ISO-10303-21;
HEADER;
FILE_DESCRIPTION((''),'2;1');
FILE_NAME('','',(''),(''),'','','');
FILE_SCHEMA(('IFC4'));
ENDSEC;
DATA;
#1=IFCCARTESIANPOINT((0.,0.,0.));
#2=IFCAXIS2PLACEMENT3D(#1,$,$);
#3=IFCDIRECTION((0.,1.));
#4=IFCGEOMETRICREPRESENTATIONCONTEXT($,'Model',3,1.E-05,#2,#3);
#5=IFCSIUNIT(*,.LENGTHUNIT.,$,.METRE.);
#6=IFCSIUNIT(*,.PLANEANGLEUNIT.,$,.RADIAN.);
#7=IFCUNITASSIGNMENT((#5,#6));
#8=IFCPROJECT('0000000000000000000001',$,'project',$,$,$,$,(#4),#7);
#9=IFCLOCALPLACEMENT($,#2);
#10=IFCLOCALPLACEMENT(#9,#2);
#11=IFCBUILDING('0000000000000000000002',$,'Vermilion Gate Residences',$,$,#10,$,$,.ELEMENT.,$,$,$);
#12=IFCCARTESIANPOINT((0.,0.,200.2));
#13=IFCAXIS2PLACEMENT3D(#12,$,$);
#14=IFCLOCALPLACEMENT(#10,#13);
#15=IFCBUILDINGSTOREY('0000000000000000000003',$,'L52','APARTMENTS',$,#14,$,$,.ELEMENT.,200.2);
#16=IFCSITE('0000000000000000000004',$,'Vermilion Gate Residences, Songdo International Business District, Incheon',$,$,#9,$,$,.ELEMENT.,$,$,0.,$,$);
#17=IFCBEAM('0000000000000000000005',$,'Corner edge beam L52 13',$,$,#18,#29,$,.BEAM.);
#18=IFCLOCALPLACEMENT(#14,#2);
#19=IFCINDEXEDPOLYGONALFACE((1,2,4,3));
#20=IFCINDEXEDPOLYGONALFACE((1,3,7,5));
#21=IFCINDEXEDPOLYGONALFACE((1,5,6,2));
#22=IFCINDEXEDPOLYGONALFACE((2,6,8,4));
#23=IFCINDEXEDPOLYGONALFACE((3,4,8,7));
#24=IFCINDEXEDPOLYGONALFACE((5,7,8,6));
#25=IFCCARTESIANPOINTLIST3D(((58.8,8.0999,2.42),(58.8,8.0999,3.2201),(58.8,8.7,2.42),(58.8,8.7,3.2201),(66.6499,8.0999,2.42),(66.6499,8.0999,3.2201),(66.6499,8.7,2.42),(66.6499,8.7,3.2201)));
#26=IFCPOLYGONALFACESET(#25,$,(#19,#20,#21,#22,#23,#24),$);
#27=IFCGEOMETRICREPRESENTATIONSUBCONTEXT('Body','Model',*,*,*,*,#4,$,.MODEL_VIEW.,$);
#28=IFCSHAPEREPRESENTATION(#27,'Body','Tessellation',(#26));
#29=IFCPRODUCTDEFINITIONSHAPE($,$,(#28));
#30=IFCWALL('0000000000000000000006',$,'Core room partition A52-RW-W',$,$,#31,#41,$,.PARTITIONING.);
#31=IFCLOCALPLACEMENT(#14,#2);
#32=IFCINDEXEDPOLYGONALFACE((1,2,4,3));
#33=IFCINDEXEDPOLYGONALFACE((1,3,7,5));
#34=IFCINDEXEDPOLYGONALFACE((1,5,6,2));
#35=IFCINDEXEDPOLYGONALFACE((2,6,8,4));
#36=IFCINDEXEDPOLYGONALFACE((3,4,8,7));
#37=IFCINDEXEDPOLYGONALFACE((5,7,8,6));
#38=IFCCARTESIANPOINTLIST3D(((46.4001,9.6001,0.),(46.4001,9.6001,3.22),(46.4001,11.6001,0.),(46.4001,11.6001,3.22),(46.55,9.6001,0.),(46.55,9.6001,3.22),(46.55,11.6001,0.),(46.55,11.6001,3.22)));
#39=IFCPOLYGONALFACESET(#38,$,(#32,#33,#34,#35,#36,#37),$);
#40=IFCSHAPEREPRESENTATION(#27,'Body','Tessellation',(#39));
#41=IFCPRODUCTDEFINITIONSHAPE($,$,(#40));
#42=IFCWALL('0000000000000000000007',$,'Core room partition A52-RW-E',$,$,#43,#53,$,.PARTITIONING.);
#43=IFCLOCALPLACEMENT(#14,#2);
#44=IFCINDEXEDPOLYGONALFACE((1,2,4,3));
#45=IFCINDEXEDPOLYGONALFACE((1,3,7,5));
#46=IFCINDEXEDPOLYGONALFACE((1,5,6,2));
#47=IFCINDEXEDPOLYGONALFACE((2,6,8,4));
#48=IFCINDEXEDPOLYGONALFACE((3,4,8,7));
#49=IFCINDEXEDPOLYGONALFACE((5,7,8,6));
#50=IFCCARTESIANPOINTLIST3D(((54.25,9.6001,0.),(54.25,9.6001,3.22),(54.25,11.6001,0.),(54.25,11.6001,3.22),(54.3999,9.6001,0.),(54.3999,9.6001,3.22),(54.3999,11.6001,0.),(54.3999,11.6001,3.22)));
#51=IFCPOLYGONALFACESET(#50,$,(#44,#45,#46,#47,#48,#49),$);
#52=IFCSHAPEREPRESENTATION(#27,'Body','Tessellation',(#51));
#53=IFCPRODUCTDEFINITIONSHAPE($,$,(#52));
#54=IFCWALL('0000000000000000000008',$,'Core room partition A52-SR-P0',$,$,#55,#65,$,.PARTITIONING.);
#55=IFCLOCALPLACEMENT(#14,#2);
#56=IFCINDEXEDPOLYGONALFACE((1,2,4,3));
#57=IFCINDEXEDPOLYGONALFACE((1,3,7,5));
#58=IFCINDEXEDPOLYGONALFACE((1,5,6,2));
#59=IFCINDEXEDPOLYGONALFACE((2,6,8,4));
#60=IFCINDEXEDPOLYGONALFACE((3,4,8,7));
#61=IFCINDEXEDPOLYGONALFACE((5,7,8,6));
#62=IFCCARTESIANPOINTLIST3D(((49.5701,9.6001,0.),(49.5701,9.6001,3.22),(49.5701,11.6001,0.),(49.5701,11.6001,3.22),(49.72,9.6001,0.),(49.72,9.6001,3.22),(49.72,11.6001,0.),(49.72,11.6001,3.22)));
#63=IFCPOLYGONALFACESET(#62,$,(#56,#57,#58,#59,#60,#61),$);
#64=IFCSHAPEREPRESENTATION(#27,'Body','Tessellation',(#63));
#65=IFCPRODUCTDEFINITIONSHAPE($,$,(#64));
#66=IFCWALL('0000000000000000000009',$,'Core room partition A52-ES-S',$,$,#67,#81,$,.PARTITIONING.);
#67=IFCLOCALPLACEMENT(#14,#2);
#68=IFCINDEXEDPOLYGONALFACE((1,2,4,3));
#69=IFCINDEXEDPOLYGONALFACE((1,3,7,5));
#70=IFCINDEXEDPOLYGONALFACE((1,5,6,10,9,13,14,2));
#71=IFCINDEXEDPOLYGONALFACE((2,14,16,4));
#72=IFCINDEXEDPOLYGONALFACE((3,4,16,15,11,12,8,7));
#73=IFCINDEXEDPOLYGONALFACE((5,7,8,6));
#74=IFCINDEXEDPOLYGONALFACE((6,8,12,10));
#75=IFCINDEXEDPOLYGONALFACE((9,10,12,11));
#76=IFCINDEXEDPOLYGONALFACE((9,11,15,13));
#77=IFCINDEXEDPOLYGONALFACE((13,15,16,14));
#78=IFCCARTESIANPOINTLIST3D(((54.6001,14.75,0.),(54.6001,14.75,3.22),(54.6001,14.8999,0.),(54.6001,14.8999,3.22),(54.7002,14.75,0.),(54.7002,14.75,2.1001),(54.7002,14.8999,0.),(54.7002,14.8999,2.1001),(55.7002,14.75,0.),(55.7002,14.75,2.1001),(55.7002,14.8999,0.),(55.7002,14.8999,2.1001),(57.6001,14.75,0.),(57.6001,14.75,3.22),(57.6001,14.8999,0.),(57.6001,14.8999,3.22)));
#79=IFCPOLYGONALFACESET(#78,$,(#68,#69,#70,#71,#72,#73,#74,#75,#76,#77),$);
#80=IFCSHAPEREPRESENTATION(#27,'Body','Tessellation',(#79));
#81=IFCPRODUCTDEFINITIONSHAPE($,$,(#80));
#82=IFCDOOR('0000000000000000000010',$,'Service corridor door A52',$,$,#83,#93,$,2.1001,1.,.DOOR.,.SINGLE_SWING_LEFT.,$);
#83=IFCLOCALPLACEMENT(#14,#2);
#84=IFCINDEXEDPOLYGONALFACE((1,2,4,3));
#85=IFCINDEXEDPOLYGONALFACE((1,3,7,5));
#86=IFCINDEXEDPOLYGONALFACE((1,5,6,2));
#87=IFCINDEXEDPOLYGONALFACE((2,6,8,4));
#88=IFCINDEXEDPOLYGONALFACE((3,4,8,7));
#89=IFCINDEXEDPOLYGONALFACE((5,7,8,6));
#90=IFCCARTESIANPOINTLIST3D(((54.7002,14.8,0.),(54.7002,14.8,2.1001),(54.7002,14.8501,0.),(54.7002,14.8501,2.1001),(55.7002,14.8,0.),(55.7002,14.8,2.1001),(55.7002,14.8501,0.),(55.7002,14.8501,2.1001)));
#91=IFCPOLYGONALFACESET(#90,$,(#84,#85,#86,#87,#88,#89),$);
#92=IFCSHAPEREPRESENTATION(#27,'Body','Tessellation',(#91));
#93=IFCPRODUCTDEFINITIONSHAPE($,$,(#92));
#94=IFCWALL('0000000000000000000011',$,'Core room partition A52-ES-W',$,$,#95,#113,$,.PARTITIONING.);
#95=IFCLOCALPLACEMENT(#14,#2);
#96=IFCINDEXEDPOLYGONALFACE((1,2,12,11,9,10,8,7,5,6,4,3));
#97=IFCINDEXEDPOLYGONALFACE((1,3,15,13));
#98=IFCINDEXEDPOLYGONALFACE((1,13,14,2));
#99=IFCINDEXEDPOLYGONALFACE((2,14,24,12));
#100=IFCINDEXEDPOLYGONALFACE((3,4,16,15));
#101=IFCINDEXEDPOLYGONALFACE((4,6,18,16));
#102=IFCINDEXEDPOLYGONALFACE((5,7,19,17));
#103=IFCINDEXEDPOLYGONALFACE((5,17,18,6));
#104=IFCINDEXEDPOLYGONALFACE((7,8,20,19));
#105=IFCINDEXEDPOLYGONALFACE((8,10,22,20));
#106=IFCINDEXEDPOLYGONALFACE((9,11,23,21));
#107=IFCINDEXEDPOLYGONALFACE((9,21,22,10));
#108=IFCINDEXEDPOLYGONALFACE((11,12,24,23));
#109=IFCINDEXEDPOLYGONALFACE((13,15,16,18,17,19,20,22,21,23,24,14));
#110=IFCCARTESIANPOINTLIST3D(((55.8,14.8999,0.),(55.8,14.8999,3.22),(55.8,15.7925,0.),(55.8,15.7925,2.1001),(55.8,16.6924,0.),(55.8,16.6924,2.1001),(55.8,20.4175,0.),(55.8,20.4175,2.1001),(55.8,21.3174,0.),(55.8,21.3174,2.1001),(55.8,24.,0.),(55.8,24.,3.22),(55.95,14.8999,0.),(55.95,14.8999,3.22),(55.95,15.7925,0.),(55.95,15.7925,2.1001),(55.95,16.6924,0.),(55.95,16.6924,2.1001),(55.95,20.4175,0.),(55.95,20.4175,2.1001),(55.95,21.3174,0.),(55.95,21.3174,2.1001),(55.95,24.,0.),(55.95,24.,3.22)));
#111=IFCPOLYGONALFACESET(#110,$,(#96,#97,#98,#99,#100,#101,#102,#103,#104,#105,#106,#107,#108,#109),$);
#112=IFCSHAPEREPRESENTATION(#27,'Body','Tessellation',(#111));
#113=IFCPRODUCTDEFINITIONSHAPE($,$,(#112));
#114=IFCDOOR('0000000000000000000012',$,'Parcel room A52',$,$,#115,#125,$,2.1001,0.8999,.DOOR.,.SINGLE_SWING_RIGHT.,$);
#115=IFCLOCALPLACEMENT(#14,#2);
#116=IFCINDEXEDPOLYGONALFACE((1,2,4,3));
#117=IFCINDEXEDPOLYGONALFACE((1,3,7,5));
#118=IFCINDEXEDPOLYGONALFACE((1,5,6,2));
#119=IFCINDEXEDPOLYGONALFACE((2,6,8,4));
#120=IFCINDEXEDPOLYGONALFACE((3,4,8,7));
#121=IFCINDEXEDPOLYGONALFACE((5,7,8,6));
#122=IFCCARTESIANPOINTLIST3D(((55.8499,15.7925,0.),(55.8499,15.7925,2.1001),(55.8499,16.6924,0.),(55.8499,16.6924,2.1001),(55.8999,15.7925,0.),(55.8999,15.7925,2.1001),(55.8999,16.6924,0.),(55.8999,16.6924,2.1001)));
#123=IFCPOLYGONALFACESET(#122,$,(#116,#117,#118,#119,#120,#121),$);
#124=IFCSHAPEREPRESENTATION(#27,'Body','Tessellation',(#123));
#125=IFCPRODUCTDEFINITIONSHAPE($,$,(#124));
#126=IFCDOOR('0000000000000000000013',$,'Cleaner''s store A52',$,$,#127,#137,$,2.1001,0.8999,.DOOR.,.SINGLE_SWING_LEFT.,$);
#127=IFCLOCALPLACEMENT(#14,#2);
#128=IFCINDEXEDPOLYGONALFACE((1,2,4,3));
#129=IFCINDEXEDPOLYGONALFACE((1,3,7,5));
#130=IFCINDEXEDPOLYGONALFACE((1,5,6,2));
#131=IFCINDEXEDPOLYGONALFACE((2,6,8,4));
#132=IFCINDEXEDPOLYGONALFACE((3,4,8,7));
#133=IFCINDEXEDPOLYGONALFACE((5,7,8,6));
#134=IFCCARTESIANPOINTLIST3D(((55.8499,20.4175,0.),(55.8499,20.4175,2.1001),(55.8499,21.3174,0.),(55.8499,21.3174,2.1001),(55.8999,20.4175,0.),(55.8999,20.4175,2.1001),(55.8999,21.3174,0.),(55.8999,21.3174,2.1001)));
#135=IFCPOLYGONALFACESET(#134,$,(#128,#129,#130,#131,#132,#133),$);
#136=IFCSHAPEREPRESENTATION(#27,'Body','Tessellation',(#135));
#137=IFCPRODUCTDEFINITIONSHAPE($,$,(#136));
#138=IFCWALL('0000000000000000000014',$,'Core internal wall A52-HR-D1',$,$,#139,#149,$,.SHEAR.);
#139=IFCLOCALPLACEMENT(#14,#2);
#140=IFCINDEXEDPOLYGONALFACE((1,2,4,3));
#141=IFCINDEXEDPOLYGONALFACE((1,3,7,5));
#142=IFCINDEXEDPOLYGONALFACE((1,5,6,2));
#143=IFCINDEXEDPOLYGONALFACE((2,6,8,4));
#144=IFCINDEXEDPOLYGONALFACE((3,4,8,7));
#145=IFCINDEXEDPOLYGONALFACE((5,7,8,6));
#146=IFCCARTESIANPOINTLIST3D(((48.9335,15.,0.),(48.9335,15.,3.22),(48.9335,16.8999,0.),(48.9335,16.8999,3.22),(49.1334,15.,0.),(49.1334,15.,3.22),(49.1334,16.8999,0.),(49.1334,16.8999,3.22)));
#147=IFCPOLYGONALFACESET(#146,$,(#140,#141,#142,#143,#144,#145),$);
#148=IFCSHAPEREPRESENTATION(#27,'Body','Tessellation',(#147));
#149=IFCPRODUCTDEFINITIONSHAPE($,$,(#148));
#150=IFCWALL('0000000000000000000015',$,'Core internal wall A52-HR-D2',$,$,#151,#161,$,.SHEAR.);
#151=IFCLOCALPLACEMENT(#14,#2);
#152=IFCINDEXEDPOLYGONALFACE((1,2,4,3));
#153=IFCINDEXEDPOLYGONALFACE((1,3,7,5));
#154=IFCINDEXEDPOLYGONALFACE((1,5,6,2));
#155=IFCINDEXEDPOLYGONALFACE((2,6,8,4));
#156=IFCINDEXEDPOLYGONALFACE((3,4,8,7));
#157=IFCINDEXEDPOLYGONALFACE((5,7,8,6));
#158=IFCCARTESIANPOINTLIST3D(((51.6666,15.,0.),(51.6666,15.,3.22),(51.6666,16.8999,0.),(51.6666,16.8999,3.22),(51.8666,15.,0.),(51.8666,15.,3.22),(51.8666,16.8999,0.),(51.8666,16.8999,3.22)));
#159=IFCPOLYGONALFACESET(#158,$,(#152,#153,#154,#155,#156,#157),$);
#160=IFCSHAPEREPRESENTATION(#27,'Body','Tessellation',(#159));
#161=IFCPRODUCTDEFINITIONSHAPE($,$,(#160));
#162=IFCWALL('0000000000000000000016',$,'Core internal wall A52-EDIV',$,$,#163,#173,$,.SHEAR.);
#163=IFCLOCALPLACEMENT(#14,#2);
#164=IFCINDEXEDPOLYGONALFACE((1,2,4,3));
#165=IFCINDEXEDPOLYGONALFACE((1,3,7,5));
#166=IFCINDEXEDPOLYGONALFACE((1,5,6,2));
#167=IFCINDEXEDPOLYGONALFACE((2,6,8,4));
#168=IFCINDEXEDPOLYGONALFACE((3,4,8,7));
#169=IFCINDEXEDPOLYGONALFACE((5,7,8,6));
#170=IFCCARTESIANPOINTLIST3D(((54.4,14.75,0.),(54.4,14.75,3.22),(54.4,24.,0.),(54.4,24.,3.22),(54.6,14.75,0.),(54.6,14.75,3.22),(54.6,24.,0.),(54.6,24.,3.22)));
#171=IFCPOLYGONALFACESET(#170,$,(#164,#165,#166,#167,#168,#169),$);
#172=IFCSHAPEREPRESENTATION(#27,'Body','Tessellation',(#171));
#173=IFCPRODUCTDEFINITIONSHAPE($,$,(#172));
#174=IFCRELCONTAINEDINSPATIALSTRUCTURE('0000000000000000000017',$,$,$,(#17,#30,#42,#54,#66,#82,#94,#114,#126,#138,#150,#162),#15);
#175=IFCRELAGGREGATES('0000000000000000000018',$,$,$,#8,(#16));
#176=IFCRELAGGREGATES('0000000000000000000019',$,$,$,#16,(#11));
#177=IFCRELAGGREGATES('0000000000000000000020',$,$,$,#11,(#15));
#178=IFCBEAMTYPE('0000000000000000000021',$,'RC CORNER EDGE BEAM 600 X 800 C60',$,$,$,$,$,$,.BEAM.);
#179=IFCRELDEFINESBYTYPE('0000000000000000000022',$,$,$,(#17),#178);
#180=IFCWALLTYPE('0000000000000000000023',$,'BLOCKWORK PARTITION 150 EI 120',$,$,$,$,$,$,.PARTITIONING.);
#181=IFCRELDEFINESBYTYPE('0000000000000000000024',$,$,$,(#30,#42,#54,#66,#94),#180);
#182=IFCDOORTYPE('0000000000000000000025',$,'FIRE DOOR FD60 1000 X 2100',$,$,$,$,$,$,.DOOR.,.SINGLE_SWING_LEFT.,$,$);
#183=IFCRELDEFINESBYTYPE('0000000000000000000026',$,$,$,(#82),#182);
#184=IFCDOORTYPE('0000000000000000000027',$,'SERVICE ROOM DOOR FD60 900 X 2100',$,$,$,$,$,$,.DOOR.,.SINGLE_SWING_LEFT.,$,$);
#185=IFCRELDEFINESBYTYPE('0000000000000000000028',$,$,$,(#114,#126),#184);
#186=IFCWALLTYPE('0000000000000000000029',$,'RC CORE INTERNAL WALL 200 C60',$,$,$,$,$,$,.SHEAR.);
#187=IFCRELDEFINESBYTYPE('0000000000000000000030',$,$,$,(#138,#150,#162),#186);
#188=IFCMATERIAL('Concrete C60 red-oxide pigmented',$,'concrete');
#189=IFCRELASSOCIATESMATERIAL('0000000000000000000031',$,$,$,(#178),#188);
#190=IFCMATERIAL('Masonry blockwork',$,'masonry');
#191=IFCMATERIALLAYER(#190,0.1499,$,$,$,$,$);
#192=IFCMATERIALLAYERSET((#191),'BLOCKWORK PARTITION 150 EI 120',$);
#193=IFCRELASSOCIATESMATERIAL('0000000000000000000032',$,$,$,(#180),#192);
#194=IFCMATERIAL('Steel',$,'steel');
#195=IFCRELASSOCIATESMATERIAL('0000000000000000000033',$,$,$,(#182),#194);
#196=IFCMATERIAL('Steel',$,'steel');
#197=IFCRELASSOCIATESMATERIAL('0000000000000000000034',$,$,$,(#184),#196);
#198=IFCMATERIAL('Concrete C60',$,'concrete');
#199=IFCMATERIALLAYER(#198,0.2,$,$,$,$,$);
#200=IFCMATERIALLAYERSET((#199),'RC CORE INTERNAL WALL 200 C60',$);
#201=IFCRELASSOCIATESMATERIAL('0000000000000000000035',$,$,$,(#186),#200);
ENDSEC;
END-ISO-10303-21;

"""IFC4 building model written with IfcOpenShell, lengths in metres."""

from ifc_helpers import new_model, si_unit, direction, frame, frame_2d, origin, origin_2d, place, context, subcontext, project, spatial, rectangle, extrude, material, layer, layer_set, material_profile, profile_set, type_object, element, fill, save


model = new_model("IFC4")

# Units and contexts
model_context = context("Model", 3, precision=1e-05, world=origin(), true_north=direction((0.0, 1.0)))
body_context = subcontext(model_context, "Body", "Model", "MODEL_VIEW")
ifc_project = project(units=[si_unit("LENGTHUNIT", "METRE"), si_unit("PLANEANGLEUNIT", "RADIAN")], contexts=[model_context])

# Site, building, storey
site_placement = place(None, origin())
site = spatial("IfcSite", under=ifc_project, at=site_placement, Name="Vermilion Gate Residences, Songdo International Business District, Incheon", CompositionType="ELEMENT", RefElevation=0.0)
building_placement = place(site_placement, origin())
building = spatial("IfcBuilding", under=site, at=building_placement, Name="Vermilion Gate Residences", CompositionType="ELEMENT")
storey_placement = place(building_placement, frame((0.0, 0.0, 200.2)))
storey = spatial("IfcBuildingStorey", under=building, at=storey_placement, Name="L52", Description="APARTMENTS", CompositionType="ELEMENT", Elevation=200.2)

# Beam
ifc_material_1 = material(Name="Concrete C60 red-oxide pigmented", Category="concrete")
ifc_material_profile = material_profile(ifc_material_1, rectangle(XDim=0.6001, YDim=0.8, at=origin_2d()), Name="RC-600x800")
ifc_profile_set = profile_set([ifc_material_profile], Name="Concrete C60 red-oxide pigmented")
beam_type = type_object("IfcBeamType", Name="RC CORNER EDGE BEAM 600 X 800 C60", PredefinedType="BEAM", material=ifc_profile_set)
beam_placement = place(storey_placement, frame((58.8, 8.3999, 2.8201), z_axis=(1.0, 0.0, 0.0), x_axis=(0.0, 1.0, 0.0)))
element("IfcBeam", 1, at=beam_placement, inside=storey, type_object=beam_type, Name="Corner edge beam L52 13", PredefinedType="BEAM", context=body_context, shape_type="SweptSolid", body=[
    extrude(rectangle(XDim=0.6001, YDim=0.8, at=origin_2d()), origin(), (0.0, 0.0, 1.0), 7.8499),
])

# Walls
ifc_material_2 = material(Name="Masonry blockwork", Category="masonry")
ifc_layer_1 = layer(ifc_material_2, 0.1499)
ifc_layer_set_1 = layer_set([ifc_layer_1], Name="BLOCKWORK PARTITION 150 EI 120")
wall_type_1 = type_object("IfcWallType", Name="BLOCKWORK PARTITION 150 EI 120", PredefinedType="PARTITIONING", material=ifc_layer_set_1)
for number, where, z_axis, x_axis, name in (
    (2, (46.4751, 9.6001, 0.0), (0.0, 0.0, 1.0), (0.0, 1.0, 0.0), "Core room partition A52-RW-W"),
    (3, (54.325, 9.6001, 0.0), (0.0, 0.0, 1.0), (0.0, 1.0, 0.0), "Core room partition A52-RW-E"),
    (4, (49.645, 9.6001, 0.0), (0.0, 0.0, 1.0), (0.0, 1.0, 0.0), "Core room partition A52-SR-P0"),
):
    element("IfcWall", number, at=place(storey_placement, frame(where, z_axis=z_axis, x_axis=x_axis)), inside=storey, type_object=wall_type_1, Name=name, PredefinedType="PARTITIONING", context=body_context, shape_type="SweptSolid", body=[
        extrude(rectangle(XDim=2.0, YDim=0.1499, at=frame_2d((1.0, 0.0))), origin(), (0.0, 0.0, 1.0), 3.22),
    ])

# Wall, opening, door
wall_1_placement = place(storey_placement, frame((54.6001, 14.825, 0.0), z_axis=(0.0, 0.0, 1.0), x_axis=(1.0, 0.0, 0.0)))
wall_1 = element("IfcWall", 5, at=wall_1_placement, inside=storey, type_object=wall_type_1, Name="Core room partition A52-ES-S", PredefinedType="PARTITIONING", context=body_context, shape_type="SweptSolid", body=[
    extrude(rectangle(XDim=3.0, YDim=0.1499, at=frame_2d((1.5, 0.0))), origin(), (0.0, 0.0, 1.0), 3.22),
])
opening_1_placement = place(wall_1_placement, frame((0.1001, 0.0, 0.0)))
opening_1 = element("IfcOpeningElement", 6, at=opening_1_placement, cuts=wall_1, PredefinedType="OPENING", context=body_context, shape_type="SweptSolid", body=[
    extrude(rectangle(XDim=1.0, YDim=2.1001, at=frame_2d((0.5, 1.05))), frame((0.0, 0.085, 0.0), z_axis=(0.0, -1.0, 0.0), x_axis=(1.0, 0.0, 0.0)), (0.0, 0.0, 1.0), 0.1699),
])
ifc_material_3 = material(Name="Steel", Category="steel")
door_type_1 = type_object("IfcDoorType", Name="FIRE DOOR FD60 1000 X 2100", OperationType="SINGLE_SWING_LEFT", PredefinedType="DOOR", material=ifc_material_3)
door_1_placement = place(opening_1_placement, frame((1.0, 0.0, 0.0), z_axis=(0.0, 0.0, 1.0), x_axis=(-1.0, 0.0, 0.0)))
door_1 = element("IfcDoor", 7, at=door_1_placement, inside=storey, type_object=door_type_1, Name="Service corridor door A52", OperationType="SINGLE_SWING_LEFT", OverallHeight=2.1001, OverallWidth=1.0, PredefinedType="DOOR", context=body_context, shape_type="SweptSolid", body=[
    extrude(rectangle(XDim=1.0, YDim=2.1001, at=frame_2d((0.5, 1.05))), frame((0.0, 0.0249, 0.0), z_axis=(0.0, -1.0, 0.0), x_axis=(1.0, 0.0, 0.0)), (0.0, 0.0, 1.0), 0.05),
])
fill(opening_1, door_1)

# Wall, openings, doors
wall_2_placement = place(storey_placement, frame((55.875, 14.8999, 0.0), z_axis=(0.0, 0.0, 1.0), x_axis=(0.0, 1.0, 0.0)))
wall_2 = element("IfcWall", 8, at=wall_2_placement, inside=storey, type_object=wall_type_1, Name="Core room partition A52-ES-W", PredefinedType="PARTITIONING", context=body_context, shape_type="SweptSolid", body=[
    extrude(rectangle(XDim=9.1001, YDim=0.1499, at=frame_2d((4.55, 0.0))), origin(), (0.0, 0.0, 1.0), 3.22),
])
opening_2_placement = place(wall_2_placement, frame((0.8926, 0.0, 0.0)))
opening_2 = element("IfcOpeningElement", 9, at=opening_2_placement, cuts=wall_2, PredefinedType="OPENING", context=body_context, shape_type="SweptSolid", body=[
    extrude(rectangle(XDim=0.8999, YDim=2.1001, at=frame_2d((0.45, 1.05))), frame((0.0, 0.085, 0.0), z_axis=(0.0, -1.0, 0.0), x_axis=(1.0, 0.0, 0.0)), (0.0, 0.0, 1.0), 0.1699),
])
opening_3_placement = place(wall_2_placement, frame((5.5176, 0.0, 0.0)))
opening_3 = element("IfcOpeningElement", 10, at=opening_3_placement, cuts=wall_2, PredefinedType="OPENING", context=body_context, shape_type="SweptSolid", body=[
    extrude(rectangle(XDim=0.8999, YDim=2.1001, at=frame_2d((0.45, 1.05))), frame((0.0, 0.085, 0.0), z_axis=(0.0, -1.0, 0.0), x_axis=(1.0, 0.0, 0.0)), (0.0, 0.0, 1.0), 0.1699),
])
ifc_material_4 = material(Name="Steel", Category="steel")
door_type_2 = type_object("IfcDoorType", Name="SERVICE ROOM DOOR FD60 900 X 2100", OperationType="SINGLE_SWING_LEFT", PredefinedType="DOOR", material=ifc_material_4)
door_2_placement = place(opening_2_placement, frame((0.8999, 0.0, 0.0), z_axis=(0.0, 0.0, 1.0), x_axis=(-1.0, 0.0, 0.0)))
door_2 = element("IfcDoor", 11, at=door_2_placement, inside=storey, type_object=door_type_2, Name="Parcel room A52", OperationType="SINGLE_SWING_RIGHT", OverallHeight=2.1001, OverallWidth=0.8999, PredefinedType="DOOR", context=body_context, shape_type="SweptSolid", body=[
    extrude(rectangle(XDim=0.8999, YDim=2.1001, at=frame_2d((0.45, 1.05))), frame((0.0, 0.0249, 0.0), z_axis=(0.0, -1.0, 0.0), x_axis=(1.0, 0.0, 0.0)), (0.0, 0.0, 1.0), 0.05),
])
fill(opening_2, door_2)
door_3_placement = place(opening_3_placement, frame((0.8999, 0.0, 0.0), z_axis=(0.0, 0.0, 1.0), x_axis=(-1.0, 0.0, 0.0)))
door_3 = element("IfcDoor", 12, at=door_3_placement, inside=storey, type_object=door_type_2, Name="Cleaner's store A52", OperationType="SINGLE_SWING_LEFT", OverallHeight=2.1001, OverallWidth=0.8999, PredefinedType="DOOR", context=body_context, shape_type="SweptSolid", body=[
    extrude(rectangle(XDim=0.8999, YDim=2.1001, at=frame_2d((0.45, 1.05))), frame((0.0, 0.0249, 0.0), z_axis=(0.0, -1.0, 0.0), x_axis=(1.0, 0.0, 0.0)), (0.0, 0.0, 1.0), 0.05),
])
fill(opening_3, door_3)

# Walls
ifc_material_5 = material(Name="Concrete C60", Category="concrete")
ifc_layer_2 = layer(ifc_material_5, 0.2)
ifc_layer_set_2 = layer_set([ifc_layer_2], Name="RC CORE INTERNAL WALL 200 C60")
wall_type_2 = type_object("IfcWallType", Name="RC CORE INTERNAL WALL 200 C60", PredefinedType="SHEAR", material=ifc_layer_set_2)
for number, where, z_axis, x_axis, name in (
    (13, (49.0334, 15.0, 0.0), (0.0, 0.0, 1.0), (0.0, 1.0, 0.0), "Core internal wall A52-HR-D1"),
    (14, (51.7666, 15.0, 0.0), (0.0, 0.0, 1.0), (0.0, 1.0, 0.0), "Core internal wall A52-HR-D2"),
):
    element("IfcWall", number, at=place(storey_placement, frame(where, z_axis=z_axis, x_axis=x_axis)), inside=storey, type_object=wall_type_2, Name=name, PredefinedType="SHEAR", context=body_context, shape_type="SweptSolid", body=[
        extrude(rectangle(XDim=1.8999, YDim=0.2, at=frame_2d((0.95, 0.0))), origin(), (0.0, 0.0, 1.0), 3.22),
    ])
wall_3_placement = place(storey_placement, frame((54.5, 14.75, 0.0), z_axis=(0.0, 0.0, 1.0), x_axis=(0.0, 1.0, 0.0)))
element("IfcWall", 15, at=wall_3_placement, inside=storey, type_object=wall_type_2, Name="Core internal wall A52-EDIV", PredefinedType="SHEAR", context=body_context, shape_type="SweptSolid", body=[
    extrude(rectangle(XDim=9.25, YDim=0.2, at=frame_2d((4.625, 0.0))), origin(), (0.0, 0.0, 1.0), 3.22),
])

save(model, "model.ifc")
